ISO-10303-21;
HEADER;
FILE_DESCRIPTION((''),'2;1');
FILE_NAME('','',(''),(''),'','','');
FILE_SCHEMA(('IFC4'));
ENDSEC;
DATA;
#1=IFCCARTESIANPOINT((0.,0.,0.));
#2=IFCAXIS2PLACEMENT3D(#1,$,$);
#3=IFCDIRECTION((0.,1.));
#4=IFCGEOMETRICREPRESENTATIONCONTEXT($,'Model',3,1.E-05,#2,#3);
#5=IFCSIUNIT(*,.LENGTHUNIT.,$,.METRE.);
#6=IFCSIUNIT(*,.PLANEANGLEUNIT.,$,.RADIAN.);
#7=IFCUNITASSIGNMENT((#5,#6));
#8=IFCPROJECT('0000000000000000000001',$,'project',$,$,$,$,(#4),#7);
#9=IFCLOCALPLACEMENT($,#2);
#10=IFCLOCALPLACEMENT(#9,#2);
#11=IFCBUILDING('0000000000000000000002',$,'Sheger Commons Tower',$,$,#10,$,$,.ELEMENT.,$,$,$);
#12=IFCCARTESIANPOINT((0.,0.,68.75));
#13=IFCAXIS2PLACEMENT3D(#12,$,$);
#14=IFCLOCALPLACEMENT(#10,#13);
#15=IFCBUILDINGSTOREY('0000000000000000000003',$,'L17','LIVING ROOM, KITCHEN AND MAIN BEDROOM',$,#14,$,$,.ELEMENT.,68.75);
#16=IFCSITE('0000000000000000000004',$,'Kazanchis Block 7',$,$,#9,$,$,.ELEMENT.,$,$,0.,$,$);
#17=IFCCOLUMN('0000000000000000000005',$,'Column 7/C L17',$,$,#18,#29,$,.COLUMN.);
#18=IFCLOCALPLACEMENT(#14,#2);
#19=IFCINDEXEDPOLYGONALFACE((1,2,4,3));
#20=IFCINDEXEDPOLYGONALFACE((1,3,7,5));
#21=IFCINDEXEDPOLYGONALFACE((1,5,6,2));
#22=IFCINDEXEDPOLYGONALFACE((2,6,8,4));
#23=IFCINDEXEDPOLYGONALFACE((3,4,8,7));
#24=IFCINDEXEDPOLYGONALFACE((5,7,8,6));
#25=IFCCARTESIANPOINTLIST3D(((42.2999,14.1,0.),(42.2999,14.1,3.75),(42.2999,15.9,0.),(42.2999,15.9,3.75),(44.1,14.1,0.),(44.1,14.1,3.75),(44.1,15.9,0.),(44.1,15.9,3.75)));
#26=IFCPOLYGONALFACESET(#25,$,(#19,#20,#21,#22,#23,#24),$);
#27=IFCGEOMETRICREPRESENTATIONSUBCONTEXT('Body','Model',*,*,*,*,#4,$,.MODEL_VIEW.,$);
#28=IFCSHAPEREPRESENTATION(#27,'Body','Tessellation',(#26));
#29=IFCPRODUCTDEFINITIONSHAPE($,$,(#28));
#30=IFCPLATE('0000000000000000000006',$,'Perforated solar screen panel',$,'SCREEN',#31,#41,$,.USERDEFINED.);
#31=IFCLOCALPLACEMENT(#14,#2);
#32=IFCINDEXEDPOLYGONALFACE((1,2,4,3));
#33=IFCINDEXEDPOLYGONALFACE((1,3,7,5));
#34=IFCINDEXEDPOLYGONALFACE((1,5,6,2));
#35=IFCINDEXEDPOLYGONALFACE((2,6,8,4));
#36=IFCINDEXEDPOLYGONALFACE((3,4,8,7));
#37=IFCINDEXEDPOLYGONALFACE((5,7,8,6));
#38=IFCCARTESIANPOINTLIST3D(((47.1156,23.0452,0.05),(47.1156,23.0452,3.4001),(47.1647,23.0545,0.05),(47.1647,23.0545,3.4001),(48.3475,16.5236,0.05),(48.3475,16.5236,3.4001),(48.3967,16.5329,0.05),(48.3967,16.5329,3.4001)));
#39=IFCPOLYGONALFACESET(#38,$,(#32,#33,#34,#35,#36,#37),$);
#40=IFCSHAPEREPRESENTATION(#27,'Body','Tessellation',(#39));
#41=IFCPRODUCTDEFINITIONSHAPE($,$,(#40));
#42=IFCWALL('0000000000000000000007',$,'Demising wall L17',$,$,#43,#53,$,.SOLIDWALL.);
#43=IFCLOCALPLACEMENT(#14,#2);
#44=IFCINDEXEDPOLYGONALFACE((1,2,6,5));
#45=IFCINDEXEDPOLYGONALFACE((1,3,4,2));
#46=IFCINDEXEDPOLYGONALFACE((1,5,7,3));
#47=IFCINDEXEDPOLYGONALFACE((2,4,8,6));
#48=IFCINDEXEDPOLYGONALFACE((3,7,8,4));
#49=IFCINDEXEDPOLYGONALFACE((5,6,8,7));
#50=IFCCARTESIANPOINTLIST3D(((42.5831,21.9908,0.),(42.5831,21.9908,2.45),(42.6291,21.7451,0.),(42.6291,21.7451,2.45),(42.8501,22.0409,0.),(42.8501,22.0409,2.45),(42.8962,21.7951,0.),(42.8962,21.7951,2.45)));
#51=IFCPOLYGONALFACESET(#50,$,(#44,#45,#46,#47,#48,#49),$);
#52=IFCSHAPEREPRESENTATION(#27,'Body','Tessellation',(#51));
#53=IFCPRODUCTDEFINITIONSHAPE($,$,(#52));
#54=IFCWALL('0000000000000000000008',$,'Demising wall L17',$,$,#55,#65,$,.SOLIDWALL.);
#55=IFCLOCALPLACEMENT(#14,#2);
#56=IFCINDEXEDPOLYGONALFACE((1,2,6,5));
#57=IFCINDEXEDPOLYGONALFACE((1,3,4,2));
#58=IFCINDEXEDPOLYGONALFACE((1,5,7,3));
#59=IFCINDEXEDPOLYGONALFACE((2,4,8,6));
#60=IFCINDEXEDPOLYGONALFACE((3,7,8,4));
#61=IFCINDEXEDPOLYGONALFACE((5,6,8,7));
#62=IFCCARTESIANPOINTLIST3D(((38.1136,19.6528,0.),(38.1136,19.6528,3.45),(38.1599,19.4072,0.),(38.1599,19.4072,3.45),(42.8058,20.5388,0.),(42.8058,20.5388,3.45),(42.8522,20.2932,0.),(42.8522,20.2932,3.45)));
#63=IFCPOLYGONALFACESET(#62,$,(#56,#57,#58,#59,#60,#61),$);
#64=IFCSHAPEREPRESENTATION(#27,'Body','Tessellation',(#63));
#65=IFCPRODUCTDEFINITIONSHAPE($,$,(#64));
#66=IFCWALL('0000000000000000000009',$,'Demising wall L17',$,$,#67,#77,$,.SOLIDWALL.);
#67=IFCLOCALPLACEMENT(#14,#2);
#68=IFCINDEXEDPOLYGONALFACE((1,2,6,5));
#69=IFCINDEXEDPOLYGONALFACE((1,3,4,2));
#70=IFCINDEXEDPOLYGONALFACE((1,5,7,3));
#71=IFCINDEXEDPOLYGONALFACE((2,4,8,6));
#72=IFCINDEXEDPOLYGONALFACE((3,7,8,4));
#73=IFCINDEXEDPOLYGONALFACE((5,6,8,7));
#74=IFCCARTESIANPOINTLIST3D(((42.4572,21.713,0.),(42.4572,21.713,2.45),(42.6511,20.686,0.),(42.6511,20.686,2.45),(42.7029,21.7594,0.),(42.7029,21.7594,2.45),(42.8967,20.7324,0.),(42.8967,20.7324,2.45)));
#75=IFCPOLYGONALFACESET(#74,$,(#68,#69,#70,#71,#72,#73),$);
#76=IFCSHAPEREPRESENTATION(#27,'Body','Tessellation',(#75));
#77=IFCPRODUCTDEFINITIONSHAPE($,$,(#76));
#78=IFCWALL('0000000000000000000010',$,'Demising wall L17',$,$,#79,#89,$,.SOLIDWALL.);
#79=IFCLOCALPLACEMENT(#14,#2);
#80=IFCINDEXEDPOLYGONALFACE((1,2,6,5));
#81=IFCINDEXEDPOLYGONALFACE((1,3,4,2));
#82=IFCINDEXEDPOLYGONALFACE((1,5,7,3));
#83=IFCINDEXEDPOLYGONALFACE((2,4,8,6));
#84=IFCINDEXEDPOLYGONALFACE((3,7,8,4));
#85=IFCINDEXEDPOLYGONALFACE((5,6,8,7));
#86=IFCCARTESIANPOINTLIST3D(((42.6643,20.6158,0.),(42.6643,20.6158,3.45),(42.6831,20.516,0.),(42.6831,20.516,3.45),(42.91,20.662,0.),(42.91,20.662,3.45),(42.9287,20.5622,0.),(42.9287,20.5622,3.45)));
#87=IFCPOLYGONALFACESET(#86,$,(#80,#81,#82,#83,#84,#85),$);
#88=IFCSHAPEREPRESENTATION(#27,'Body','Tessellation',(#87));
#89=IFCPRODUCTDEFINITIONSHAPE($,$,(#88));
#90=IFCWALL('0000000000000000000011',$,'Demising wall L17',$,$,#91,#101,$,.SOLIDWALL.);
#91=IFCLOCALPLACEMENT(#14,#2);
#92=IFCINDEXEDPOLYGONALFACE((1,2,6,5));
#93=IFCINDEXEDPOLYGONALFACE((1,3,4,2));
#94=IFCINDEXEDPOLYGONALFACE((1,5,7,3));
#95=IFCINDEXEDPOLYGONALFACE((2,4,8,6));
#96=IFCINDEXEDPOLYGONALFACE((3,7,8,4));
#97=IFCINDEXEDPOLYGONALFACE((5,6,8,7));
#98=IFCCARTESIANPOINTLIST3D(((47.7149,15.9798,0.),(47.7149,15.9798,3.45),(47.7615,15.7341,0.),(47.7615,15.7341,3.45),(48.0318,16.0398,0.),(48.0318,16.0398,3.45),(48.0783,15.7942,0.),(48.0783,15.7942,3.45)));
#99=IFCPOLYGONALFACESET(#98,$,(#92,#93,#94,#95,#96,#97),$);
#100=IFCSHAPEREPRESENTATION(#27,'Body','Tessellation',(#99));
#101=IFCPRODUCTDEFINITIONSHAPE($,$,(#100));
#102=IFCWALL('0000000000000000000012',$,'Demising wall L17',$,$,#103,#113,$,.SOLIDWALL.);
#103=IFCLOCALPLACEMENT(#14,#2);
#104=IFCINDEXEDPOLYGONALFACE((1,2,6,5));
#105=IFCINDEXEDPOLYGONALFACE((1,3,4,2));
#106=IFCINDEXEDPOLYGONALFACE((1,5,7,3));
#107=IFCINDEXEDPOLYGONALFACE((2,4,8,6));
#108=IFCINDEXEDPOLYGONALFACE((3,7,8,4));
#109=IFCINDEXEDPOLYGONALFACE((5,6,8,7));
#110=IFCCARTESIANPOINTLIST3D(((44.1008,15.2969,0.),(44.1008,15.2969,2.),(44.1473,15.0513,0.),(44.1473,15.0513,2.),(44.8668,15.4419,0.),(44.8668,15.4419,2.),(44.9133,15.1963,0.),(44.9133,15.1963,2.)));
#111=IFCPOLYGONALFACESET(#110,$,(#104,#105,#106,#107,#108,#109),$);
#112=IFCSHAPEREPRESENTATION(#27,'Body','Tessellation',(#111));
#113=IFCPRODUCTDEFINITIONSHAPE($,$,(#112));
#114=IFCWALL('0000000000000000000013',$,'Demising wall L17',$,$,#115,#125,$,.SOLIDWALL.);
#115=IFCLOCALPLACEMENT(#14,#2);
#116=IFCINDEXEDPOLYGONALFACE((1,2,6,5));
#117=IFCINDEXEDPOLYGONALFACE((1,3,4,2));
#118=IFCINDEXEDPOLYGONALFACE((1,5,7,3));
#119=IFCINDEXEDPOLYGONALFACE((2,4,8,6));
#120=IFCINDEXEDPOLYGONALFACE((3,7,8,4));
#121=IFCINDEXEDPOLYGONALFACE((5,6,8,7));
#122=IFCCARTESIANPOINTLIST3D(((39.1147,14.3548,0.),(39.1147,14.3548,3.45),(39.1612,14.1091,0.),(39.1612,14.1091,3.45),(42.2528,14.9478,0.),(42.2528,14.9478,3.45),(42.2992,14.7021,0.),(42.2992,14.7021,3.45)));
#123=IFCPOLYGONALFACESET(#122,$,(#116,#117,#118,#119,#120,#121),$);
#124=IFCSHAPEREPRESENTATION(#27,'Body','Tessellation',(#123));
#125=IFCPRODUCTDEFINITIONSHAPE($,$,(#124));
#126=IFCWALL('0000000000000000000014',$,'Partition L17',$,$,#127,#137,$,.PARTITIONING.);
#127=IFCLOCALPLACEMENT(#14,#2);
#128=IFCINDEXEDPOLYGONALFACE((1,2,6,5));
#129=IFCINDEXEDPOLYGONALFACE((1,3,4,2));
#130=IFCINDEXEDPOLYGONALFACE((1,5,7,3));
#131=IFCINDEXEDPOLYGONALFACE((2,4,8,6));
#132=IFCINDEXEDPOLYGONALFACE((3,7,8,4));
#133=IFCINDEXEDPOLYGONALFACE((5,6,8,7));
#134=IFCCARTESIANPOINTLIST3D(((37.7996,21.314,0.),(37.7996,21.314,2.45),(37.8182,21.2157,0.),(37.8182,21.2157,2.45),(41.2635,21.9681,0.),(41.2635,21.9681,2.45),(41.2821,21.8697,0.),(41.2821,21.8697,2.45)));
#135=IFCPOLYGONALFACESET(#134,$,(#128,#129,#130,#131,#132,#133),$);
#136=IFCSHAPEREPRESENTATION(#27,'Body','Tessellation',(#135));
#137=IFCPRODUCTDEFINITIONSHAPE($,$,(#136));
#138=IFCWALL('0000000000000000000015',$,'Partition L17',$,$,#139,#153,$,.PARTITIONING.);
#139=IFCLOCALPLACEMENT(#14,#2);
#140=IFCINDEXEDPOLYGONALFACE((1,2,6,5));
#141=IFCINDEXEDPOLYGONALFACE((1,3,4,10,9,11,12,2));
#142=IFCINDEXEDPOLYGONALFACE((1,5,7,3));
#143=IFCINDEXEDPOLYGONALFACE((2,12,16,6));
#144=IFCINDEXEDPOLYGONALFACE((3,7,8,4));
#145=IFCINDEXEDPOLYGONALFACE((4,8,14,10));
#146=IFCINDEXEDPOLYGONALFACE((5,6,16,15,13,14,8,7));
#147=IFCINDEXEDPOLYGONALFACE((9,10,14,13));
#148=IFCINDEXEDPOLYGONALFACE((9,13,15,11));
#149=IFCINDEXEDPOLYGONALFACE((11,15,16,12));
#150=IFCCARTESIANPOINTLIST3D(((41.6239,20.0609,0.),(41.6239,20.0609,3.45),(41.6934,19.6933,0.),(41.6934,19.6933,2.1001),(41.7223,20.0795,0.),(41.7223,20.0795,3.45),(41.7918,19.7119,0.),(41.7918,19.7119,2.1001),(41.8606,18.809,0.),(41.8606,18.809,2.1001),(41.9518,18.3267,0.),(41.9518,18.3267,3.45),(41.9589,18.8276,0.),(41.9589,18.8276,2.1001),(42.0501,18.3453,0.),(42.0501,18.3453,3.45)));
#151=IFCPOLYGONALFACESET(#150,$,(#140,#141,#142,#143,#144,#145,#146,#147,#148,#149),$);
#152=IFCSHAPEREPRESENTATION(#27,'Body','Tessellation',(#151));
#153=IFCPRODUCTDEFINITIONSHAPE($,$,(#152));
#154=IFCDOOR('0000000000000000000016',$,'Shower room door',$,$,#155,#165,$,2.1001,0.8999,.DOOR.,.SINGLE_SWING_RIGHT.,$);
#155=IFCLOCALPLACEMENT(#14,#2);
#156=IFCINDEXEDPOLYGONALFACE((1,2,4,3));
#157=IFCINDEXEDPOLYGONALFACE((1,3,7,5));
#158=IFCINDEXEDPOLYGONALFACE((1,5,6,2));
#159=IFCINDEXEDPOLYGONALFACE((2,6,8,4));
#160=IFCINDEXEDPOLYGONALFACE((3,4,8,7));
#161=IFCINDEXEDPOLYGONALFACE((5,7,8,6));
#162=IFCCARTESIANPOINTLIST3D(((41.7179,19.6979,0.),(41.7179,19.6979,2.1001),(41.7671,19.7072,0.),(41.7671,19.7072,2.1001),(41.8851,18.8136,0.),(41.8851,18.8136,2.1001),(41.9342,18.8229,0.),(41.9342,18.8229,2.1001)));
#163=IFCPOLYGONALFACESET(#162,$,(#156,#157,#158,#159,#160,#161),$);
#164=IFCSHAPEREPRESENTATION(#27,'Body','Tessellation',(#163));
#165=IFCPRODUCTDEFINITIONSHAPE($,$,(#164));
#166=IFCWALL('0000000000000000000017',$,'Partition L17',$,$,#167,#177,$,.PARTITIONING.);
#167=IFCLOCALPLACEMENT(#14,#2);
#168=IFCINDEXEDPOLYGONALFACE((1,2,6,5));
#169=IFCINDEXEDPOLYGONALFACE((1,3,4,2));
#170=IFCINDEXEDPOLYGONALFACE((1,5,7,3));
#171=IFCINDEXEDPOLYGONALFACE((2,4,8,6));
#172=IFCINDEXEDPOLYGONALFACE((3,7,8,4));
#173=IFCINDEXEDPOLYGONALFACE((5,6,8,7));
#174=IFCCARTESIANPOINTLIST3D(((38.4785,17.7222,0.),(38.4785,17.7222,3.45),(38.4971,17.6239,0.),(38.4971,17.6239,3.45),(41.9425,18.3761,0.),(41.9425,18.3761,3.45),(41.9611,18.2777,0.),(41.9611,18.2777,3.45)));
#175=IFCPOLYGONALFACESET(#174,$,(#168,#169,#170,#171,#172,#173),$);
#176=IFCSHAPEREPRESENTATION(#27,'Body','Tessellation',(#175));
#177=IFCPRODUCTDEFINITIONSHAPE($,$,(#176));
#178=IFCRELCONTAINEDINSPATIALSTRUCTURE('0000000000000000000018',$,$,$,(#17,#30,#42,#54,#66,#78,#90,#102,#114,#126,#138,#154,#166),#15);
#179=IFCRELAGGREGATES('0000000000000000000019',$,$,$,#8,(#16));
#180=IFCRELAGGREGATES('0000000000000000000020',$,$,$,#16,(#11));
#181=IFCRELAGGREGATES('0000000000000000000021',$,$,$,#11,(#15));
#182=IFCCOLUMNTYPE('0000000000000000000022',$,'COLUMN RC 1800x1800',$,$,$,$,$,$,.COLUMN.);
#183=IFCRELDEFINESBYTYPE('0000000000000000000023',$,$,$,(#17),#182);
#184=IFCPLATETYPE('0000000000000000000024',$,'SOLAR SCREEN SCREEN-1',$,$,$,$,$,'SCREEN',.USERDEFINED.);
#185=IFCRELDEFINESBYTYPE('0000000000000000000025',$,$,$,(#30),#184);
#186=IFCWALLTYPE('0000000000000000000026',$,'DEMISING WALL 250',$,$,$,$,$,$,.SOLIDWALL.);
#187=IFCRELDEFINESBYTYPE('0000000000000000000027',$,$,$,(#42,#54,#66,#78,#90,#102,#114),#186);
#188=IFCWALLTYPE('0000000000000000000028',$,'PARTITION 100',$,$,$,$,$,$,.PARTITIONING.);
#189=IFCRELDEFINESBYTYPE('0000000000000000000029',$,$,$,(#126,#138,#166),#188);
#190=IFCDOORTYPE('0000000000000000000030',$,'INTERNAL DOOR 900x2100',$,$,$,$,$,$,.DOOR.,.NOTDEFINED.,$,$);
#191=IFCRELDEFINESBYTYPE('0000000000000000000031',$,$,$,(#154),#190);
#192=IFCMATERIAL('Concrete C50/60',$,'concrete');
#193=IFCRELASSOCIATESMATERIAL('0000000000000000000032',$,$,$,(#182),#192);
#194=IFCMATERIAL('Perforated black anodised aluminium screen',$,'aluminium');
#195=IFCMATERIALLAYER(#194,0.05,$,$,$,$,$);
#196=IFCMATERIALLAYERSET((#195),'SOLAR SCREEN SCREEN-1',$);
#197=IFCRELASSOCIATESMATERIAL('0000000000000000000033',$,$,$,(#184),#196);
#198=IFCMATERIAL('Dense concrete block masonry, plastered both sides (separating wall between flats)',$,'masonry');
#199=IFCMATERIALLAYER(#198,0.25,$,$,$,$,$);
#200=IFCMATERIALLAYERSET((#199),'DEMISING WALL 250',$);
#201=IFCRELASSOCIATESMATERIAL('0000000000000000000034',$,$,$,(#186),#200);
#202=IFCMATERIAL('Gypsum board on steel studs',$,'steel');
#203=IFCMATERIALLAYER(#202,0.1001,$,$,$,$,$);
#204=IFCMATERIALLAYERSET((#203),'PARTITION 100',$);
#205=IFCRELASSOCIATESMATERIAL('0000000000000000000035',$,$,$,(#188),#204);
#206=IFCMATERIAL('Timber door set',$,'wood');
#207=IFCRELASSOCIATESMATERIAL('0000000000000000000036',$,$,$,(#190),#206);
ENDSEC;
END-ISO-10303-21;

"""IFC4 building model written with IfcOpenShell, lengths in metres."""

from ifc_helpers import new_model, si_unit, direction, frame, frame_2d, origin, origin_2d, place, context, subcontext, project, spatial, rectangle, extrude, material, layer, layer_set, material_profile, profile_set, type_object, element, fill, save


model = new_model("IFC4")

# Units and contexts
model_context = context("Model", 3, precision=1e-05, world=origin(), true_north=direction((0.0, 1.0)))
body_context = subcontext(model_context, "Body", "Model", "MODEL_VIEW")
ifc_project = project(units=[si_unit("LENGTHUNIT", "METRE"), si_unit("PLANEANGLEUNIT", "RADIAN")], contexts=[model_context])

# Site, building, storey
site_placement = place(None, origin())
site = spatial("IfcSite", under=ifc_project, at=site_placement, Name="Kazanchis Block 7", CompositionType="ELEMENT", RefElevation=0.0)
building_placement = place(site_placement, origin())
building = spatial("IfcBuilding", under=site, at=building_placement, Name="Sheger Commons Tower", CompositionType="ELEMENT")
storey_placement = place(building_placement, frame((0.0, 0.0, 68.75)))
storey = spatial("IfcBuildingStorey", under=building, at=storey_placement, Name="L17", Description="LIVING ROOM, KITCHEN AND MAIN BEDROOM", CompositionType="ELEMENT", Elevation=68.75)

# Column
ifc_material_1 = material(Name="Concrete C50/60", Category="concrete")
ifc_material_profile = material_profile(ifc_material_1, rectangle(XDim=1.8, YDim=1.8, at=origin_2d()), Name="RC 1800x1800")
ifc_profile_set = profile_set([ifc_material_profile], Name="Concrete C50/60")
column_type = type_object("IfcColumnType", Name="COLUMN RC 1800x1800", PredefinedType="COLUMN", material=ifc_profile_set)
column_placement = place(storey_placement, frame((43.2, 15.0, 0.0), z_axis=(0.0, 0.0, 1.0), x_axis=(1.0, 0.0, 0.0)))
element("IfcColumn", 1, at=column_placement, inside=storey, type_object=column_type, Name="Column 7/C L17", PredefinedType="COLUMN", context=body_context, shape_type="SweptSolid", body=[
    extrude(rectangle(XDim=1.8, YDim=1.8, at=origin_2d()), origin(), (0.0, 0.0, 1.0), 3.75),
])

# Plate
ifc_material_2 = material(Name="Perforated black anodised aluminium screen", Category="aluminium")
ifc_layer_1 = layer(ifc_material_2, 0.05)
ifc_layer_set_1 = layer_set([ifc_layer_1], Name="SOLAR SCREEN SCREEN-1")
plate_type = type_object("IfcPlateType", Name="SOLAR SCREEN SCREEN-1", ElementType="SCREEN", PredefinedType="USERDEFINED", material=ifc_layer_set_1)
plate_placement = place(storey_placement, frame((47.7561, 19.7891, 0.05), z_axis=(0.0, 0.0, 1.0), x_axis=(-0.185615, 0.982623, 0.0)))
element("IfcPlate", 2, at=plate_placement, inside=storey, type_object=plate_type, Name="Perforated solar screen panel", ObjectType="SCREEN", PredefinedType="USERDEFINED", context=body_context, shape_type="SweptSolid", body=[
    extrude(rectangle(XDim=6.637, YDim=0.05, at=origin_2d()), origin(), (0.0, 0.0, 1.0), 3.3501),
])

# Walls
ifc_material_3 = material(Name="Dense concrete block masonry, plastered both sides (separating wall between flats)", Category="masonry")
ifc_layer_2 = layer(ifc_material_3, 0.25)
ifc_layer_set_2 = layer_set([ifc_layer_2], Name="DEMISING WALL 250")
wall_type_1 = type_object("IfcWallType", Name="DEMISING WALL 250", PredefinedType="SOLIDWALL", material=ifc_layer_set_2)
wall_1_placement = place(storey_placement, frame((42.873, 21.918, 0.0), z_axis=(0.0, 0.0, 1.0), x_axis=(-0.982893, -0.18418, 0.0)))
element("IfcWall", 3, at=wall_1_placement, inside=storey, type_object=wall_type_1, Name="Demising wall L17", PredefinedType="SOLIDWALL", context=body_context, shape_type="SweptSolid", body=[
    extrude(rectangle(XDim=0.2717, YDim=0.25, at=frame_2d((0.1357, 0.0))), origin(), (0.0, 0.0, 1.0), 2.45),
])
wall_2_placement = place(storey_placement, frame((42.8291, 20.416, 0.0), z_axis=(0.0, 0.0, 1.0), x_axis=(-0.982636, -0.185545, 0.0)))
element("IfcWall", 4, at=wall_2_placement, inside=storey, type_object=wall_type_1, Name="Demising wall L17", PredefinedType="SOLIDWALL", context=body_context, shape_type="SweptSolid", body=[
    extrude(rectangle(XDim=4.7751, YDim=0.25, at=frame_2d((2.3877, 0.0))), origin(), (0.0, 0.0, 1.0), 3.45),
])
wall_3_placement = place(storey_placement, frame((42.5801, 21.7361, 0.0), z_axis=(0.0, 0.0, 1.0), x_axis=(0.185459, -0.982652, 0.0)))
element("IfcWall", 5, at=wall_3_placement, inside=storey, type_object=wall_type_1, Name="Demising wall L17", PredefinedType="SOLIDWALL", context=body_context, shape_type="SweptSolid", body=[
    extrude(rectangle(XDim=1.0452, YDim=0.25, at=frame_2d((0.5225, 0.0))), origin(), (0.0, 0.0, 1.0), 2.45),
])
wall_4_placement = place(storey_placement, frame((42.7871, 20.6389, 0.0), z_axis=(0.0, 0.0, 1.0), x_axis=(0.185014, -0.982736, 0.0)))
element("IfcWall", 6, at=wall_4_placement, inside=storey, type_object=wall_type_1, Name="Demising wall L17", PredefinedType="SOLIDWALL", context=body_context, shape_type="SweptSolid", body=[
    extrude(rectangle(XDim=0.1016, YDim=0.25, at=frame_2d((0.0508, 0.0))), origin(), (0.0, 0.0, 1.0), 3.45),
])
wall_5_placement = place(storey_placement, frame((48.0549, 15.917, 0.0), z_axis=(0.0, 0.0, 1.0), x_axis=(-0.98251, -0.186208, 0.0)))
element("IfcWall", 7, at=wall_5_placement, inside=storey, type_object=wall_type_1, Name="Demising wall L17", PredefinedType="SOLIDWALL", context=body_context, shape_type="SweptSolid", body=[
    extrude(rectangle(XDim=0.3225, YDim=0.25, at=frame_2d((0.1611, 0.0))), origin(), (0.0, 0.0, 1.0), 3.45),
])
wall_6_placement = place(storey_placement, frame((44.8899, 15.3191, 0.0), z_axis=(0.0, 0.0, 1.0), x_axis=(-0.982541, -0.186047, 0.0)))
element("IfcWall", 8, at=wall_6_placement, inside=storey, type_object=wall_type_1, Name="Demising wall L17", PredefinedType="SOLIDWALL", context=body_context, shape_type="SweptSolid", body=[
    extrude(rectangle(XDim=0.7795, YDim=0.25, at=frame_2d((0.3896, 0.0))), origin(), (0.0, 0.0, 1.0), 2.0),
])
wall_7_placement = place(storey_placement, frame((42.2759, 14.825, 0.0), z_axis=(0.0, 0.0, 1.0), x_axis=(-0.982607, -0.185696, 0.0)))
element("IfcWall", 9, at=wall_7_placement, inside=storey, type_object=wall_type_1, Name="Demising wall L17", PredefinedType="SOLIDWALL", context=body_context, shape_type="SweptSolid", body=[
    extrude(rectangle(XDim=3.1936, YDim=0.25, at=frame_2d((1.5967, 0.0))), origin(), (0.0, 0.0, 1.0), 3.45),
])
ifc_material_4 = material(Name="Gypsum board on steel studs", Category="steel")
ifc_layer_3 = layer(ifc_material_4, 0.1001)
ifc_layer_set_3 = layer_set([ifc_layer_3], Name="PARTITION 100")
wall_type_2 = type_object("IfcWallType", Name="PARTITION 100", PredefinedType="PARTITIONING", material=ifc_layer_set_3)
wall_8_placement = place(storey_placement, frame((41.2729, 21.9189, 0.0), z_axis=(0.0, 0.0, 1.0), x_axis=(-0.982636, -0.185543, 0.0)))
element("IfcWall", 10, at=wall_8_placement, inside=storey, type_object=wall_type_2, Name="Partition L17", PredefinedType="PARTITIONING", context=body_context, shape_type="SweptSolid", body=[
    extrude(rectangle(XDim=3.5251, YDim=0.1001, at=frame_2d((1.7627, 0.0))), origin(), (0.0, 0.0, 1.0), 2.45),
])

# Wall, opening, door
wall_9_placement = place(storey_placement, frame((41.6731, 20.0701, 0.0), z_axis=(0.0, 0.0, 1.0), x_axis=(0.185783, -0.982591, 0.0)))
wall_9 = element("IfcWall", 11, at=wall_9_placement, inside=storey, type_object=wall_type_2, Name="Partition L17", PredefinedType="PARTITIONING", context=body_context, shape_type="SweptSolid", body=[
    extrude(rectangle(XDim=1.7649, YDim=0.1001, at=frame_2d((0.8823, 0.0))), origin(), (0.0, 0.0, 1.0), 3.45),
])
opening_placement = place(wall_9_placement, frame((0.374, 0.0, 0.0)))
opening = element("IfcOpeningElement", 12, at=opening_placement, cuts=wall_9, PredefinedType="OPENING", context=body_context, shape_type="SweptSolid", body=[
    extrude(rectangle(XDim=0.8999, YDim=2.1001, at=frame_2d((0.45, 1.05))), frame((0.0, 0.0601, 0.0), z_axis=(0.0, -1.0, 0.0), x_axis=(1.0, 0.0, 0.0)), (0.0, 0.0, 1.0), 0.1201),
])
ifc_material_5 = material(Name="Timber door set", Category="wood")
door_type = type_object("IfcDoorType", Name="INTERNAL DOOR 900x2100", OperationType="NOTDEFINED", PredefinedType="DOOR", material=ifc_material_5)
door_placement = place(opening_placement, origin())
door = element("IfcDoor", 13, at=door_placement, inside=storey, type_object=door_type, Name="Shower room door", OperationType="SINGLE_SWING_RIGHT", OverallHeight=2.1001, OverallWidth=0.8999, PredefinedType="DOOR", context=body_context, shape_type="SweptSolid", body=[
    extrude(rectangle(XDim=0.8999, YDim=2.1001, at=frame_2d((0.45, 1.05))), frame((0.0, 0.0249, 0.0), z_axis=(0.0, -1.0, 0.0), x_axis=(1.0, 0.0, 0.0)), (0.0, 0.0, 1.0), 0.05),
])
fill(opening, door)

# Wall
wall_10_placement = place(storey_placement, frame((41.9519, 18.3269, 0.0), z_axis=(0.0, 0.0, 1.0), x_axis=(-0.982649, -0.185476, 0.0)))
element("IfcWall", 14, at=wall_10_placement, inside=storey, type_object=wall_type_2, Name="Partition L17", PredefinedType="PARTITIONING", context=body_context, shape_type="SweptSolid", body=[
    extrude(rectangle(XDim=3.5251, YDim=0.1001, at=frame_2d((1.7627, 0.0))), origin(), (0.0, 0.0, 1.0), 3.45),
])

save(model, "model.ifc")
